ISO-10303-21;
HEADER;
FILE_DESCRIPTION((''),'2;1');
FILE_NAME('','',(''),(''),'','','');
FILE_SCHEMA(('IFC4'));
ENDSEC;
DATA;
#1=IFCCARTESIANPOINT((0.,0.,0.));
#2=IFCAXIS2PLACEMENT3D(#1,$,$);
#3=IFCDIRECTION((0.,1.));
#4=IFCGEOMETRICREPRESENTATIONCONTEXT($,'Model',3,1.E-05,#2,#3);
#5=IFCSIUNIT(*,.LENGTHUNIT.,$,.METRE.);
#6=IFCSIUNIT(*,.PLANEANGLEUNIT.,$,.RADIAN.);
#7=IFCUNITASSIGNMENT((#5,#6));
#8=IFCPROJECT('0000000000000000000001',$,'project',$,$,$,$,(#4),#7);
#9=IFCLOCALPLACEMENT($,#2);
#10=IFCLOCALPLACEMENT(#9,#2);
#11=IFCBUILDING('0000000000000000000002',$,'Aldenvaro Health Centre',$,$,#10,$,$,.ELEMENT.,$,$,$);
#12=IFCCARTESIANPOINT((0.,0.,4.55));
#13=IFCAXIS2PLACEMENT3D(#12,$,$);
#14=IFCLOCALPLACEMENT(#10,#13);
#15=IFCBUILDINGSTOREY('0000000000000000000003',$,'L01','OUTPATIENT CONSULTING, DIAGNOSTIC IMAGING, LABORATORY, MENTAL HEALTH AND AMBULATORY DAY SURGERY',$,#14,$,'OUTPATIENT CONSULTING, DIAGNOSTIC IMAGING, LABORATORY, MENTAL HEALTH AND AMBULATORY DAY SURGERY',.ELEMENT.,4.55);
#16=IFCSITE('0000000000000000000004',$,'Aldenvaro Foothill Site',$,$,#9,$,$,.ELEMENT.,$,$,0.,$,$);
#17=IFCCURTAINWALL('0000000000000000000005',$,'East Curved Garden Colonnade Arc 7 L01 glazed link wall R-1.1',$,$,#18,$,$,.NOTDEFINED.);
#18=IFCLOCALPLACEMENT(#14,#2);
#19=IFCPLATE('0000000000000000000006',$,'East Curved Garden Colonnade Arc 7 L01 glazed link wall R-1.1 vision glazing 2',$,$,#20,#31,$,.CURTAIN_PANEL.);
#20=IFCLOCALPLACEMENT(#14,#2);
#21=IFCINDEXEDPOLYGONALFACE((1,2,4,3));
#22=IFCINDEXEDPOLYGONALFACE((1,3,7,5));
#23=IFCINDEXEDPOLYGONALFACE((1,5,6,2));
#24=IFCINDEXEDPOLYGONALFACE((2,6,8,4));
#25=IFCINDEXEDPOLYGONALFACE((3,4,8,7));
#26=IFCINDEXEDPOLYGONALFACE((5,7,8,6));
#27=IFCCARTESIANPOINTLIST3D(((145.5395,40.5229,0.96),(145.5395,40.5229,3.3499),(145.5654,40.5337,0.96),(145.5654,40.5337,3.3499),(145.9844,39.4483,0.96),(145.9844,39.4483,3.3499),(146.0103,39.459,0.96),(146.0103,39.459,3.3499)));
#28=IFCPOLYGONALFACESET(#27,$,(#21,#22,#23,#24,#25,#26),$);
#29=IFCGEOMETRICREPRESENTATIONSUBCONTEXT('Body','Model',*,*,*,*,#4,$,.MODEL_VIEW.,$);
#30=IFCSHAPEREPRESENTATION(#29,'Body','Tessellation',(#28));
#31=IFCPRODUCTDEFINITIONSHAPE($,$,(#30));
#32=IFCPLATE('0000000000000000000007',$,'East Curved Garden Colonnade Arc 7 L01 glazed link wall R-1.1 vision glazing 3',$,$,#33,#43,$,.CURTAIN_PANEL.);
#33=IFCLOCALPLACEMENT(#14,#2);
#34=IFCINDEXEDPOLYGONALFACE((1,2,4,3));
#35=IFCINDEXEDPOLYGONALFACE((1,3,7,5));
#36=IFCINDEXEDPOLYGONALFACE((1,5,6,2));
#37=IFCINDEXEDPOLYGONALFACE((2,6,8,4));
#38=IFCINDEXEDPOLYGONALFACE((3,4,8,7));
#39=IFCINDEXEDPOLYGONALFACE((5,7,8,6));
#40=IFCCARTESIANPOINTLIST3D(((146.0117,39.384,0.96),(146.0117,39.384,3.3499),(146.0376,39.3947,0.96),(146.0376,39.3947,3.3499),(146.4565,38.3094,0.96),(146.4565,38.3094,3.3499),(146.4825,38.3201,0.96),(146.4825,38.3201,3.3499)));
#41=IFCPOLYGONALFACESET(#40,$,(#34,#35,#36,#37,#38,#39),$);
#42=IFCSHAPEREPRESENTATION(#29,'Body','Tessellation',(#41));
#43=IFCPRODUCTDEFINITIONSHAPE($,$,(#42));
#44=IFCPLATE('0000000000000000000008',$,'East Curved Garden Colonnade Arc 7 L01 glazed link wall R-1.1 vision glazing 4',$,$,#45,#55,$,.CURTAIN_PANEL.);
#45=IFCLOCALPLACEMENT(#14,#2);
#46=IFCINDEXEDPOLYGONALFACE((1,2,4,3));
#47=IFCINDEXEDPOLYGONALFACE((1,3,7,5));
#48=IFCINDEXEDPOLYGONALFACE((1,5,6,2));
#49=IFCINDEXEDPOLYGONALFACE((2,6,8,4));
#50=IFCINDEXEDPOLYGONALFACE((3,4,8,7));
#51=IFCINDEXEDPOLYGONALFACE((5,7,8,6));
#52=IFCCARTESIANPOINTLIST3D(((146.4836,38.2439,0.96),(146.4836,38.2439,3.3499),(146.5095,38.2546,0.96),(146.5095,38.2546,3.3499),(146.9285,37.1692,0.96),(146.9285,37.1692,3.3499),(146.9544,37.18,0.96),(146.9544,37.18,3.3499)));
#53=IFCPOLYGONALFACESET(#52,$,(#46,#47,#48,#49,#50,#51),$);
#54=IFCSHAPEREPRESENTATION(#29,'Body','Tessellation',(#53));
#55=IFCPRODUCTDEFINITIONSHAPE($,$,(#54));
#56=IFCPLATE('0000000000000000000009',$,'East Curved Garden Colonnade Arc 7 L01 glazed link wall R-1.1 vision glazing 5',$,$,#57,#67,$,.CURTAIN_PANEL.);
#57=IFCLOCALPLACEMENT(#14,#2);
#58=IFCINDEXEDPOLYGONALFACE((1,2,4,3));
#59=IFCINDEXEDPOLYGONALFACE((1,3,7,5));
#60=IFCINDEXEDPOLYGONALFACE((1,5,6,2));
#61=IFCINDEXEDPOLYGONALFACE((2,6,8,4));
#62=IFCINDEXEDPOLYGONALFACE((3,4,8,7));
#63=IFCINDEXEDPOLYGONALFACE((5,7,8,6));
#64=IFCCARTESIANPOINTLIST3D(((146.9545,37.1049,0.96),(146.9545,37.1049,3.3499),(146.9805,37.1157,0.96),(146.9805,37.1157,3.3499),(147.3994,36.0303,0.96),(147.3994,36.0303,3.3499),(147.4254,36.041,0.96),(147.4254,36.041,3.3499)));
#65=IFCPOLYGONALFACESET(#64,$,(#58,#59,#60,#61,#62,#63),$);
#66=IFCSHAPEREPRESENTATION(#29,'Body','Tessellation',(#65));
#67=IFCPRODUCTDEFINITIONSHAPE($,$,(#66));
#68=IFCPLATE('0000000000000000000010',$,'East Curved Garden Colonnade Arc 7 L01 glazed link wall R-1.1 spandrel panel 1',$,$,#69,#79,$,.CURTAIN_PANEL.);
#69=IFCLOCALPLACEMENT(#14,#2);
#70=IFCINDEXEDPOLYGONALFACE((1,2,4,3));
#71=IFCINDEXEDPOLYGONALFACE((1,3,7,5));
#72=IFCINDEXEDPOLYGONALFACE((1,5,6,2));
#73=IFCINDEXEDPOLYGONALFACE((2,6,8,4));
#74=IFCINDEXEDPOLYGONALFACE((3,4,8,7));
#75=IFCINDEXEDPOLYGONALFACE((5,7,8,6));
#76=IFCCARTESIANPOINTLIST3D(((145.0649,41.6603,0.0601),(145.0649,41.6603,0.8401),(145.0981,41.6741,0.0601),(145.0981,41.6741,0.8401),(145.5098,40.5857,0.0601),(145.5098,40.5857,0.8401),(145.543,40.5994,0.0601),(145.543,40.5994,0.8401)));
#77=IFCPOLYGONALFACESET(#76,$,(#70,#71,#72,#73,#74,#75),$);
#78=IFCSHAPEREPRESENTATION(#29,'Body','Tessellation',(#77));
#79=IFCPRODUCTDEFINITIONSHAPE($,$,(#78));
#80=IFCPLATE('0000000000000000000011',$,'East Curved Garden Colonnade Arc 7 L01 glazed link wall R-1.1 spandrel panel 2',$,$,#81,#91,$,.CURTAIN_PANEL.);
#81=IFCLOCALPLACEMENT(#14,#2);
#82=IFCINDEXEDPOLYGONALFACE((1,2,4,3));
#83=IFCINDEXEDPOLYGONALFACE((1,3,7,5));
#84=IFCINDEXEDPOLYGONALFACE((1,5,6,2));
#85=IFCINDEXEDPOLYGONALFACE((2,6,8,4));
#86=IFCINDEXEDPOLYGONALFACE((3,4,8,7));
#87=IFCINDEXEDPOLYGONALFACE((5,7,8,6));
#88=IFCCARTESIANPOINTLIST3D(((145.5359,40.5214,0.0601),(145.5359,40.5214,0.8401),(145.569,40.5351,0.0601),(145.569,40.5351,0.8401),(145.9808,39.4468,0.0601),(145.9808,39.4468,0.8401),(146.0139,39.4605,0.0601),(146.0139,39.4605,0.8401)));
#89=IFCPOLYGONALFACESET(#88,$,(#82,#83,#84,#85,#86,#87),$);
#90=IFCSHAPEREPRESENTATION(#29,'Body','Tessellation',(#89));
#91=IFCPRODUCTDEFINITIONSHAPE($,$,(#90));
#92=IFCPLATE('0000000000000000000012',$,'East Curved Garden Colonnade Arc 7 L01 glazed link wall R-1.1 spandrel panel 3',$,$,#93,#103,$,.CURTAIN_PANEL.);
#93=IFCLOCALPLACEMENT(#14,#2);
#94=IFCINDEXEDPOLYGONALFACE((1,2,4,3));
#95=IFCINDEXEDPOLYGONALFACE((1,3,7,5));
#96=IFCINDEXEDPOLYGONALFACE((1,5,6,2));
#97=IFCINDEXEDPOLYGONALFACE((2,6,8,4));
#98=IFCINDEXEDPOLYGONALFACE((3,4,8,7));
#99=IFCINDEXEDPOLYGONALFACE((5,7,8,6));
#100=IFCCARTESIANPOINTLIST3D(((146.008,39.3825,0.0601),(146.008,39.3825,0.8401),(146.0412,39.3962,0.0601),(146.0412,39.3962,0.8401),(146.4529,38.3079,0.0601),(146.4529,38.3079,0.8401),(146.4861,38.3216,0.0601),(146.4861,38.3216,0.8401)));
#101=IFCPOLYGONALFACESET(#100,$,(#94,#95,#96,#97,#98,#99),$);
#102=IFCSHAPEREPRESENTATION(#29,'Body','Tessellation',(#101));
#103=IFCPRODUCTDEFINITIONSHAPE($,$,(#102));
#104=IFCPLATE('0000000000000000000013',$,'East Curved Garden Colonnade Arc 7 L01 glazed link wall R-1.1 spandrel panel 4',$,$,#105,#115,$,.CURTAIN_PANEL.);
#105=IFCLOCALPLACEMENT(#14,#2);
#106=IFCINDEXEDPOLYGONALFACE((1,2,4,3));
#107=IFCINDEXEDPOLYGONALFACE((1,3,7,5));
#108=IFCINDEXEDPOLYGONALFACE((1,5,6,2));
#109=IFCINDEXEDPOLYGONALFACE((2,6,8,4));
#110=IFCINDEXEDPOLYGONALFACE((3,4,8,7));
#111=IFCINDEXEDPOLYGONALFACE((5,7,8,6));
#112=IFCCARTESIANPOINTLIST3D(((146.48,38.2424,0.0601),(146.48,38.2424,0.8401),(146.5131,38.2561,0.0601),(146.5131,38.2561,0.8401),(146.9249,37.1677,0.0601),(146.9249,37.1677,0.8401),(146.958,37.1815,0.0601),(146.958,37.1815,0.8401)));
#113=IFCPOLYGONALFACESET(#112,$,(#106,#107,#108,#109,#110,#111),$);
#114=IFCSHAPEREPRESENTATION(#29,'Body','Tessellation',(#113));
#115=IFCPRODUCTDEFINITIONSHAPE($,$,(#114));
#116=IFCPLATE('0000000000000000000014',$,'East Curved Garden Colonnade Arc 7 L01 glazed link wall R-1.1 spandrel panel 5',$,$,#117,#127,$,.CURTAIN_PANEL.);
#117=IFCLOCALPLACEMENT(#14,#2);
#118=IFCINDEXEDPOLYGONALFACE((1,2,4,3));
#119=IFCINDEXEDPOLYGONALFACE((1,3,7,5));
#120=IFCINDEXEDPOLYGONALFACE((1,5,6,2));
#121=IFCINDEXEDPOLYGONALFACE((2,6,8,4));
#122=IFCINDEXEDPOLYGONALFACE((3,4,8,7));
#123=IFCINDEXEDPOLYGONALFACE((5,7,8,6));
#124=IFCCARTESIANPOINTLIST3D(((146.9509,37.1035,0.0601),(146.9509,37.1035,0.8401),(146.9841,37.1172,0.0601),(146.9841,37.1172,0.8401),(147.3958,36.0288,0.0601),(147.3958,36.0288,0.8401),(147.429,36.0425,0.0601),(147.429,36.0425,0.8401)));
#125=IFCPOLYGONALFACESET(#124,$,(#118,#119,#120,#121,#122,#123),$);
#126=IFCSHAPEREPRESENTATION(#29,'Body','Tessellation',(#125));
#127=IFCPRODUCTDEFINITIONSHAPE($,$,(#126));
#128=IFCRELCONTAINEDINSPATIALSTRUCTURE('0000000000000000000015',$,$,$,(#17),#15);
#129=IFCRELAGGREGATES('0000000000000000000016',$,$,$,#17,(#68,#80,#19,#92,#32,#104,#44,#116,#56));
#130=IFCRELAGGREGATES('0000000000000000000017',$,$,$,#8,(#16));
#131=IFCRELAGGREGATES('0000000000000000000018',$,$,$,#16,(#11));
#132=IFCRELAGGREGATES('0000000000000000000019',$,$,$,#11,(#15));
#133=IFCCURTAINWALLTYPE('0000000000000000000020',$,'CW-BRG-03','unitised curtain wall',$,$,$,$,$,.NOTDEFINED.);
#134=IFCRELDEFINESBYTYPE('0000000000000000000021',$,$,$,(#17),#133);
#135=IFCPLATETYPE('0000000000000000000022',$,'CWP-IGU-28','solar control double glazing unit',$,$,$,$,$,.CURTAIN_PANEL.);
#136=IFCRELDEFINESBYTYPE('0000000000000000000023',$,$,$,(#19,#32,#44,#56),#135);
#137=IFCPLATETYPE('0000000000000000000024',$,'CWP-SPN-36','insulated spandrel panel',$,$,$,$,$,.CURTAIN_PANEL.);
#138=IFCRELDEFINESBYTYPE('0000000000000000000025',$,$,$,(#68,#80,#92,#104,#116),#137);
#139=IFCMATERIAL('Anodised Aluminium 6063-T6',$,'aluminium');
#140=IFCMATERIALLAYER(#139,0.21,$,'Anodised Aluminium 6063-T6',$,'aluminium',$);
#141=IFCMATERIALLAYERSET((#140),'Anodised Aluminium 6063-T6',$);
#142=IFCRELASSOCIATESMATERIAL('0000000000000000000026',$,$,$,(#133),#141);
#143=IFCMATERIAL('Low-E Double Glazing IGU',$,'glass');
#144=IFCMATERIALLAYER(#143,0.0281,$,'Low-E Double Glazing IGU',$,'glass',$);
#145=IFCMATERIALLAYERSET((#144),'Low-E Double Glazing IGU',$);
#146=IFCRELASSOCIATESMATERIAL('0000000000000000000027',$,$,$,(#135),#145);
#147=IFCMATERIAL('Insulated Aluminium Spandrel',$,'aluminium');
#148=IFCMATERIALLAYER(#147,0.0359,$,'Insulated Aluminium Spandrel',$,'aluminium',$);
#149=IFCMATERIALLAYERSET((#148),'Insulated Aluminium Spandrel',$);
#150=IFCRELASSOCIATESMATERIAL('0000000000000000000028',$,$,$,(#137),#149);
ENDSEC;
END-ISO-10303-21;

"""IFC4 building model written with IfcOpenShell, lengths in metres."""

from ifc_helpers import new_model, si_unit, direction, frame, origin, origin_2d, place, context, subcontext, project, spatial, rectangle, extrude, material, layer, layer_set, type_object, element, aggregate, save


model = new_model("IFC4")

# Units and contexts
model_context = context("Model", 3, precision=1e-05, world=origin(), true_north=direction((0.0, 1.0)))
body_context = subcontext(model_context, "Body", "Model", "MODEL_VIEW")
ifc_project = project(units=[si_unit("LENGTHUNIT", "METRE"), si_unit("PLANEANGLEUNIT", "RADIAN")], contexts=[model_context])

# Site, building, storey
site_placement = place(None, origin())
site = spatial("IfcSite", under=ifc_project, at=site_placement, Name="Aldenvaro Foothill Site", CompositionType="ELEMENT", RefElevation=0.0)
building_placement = place(site_placement, origin())
building = spatial("IfcBuilding", under=site, at=building_placement, Name="Aldenvaro Health Centre", CompositionType="ELEMENT")
storey_placement = place(building_placement, frame((0.0, 0.0, 4.55)))
storey = spatial("IfcBuildingStorey", under=building, at=storey_placement, Name="L01", Description="OUTPATIENT CONSULTING, DIAGNOSTIC IMAGING, LABORATORY, MENTAL HEALTH AND AMBULATORY DAY SURGERY", LongName="OUTPATIENT CONSULTING, DIAGNOSTIC IMAGING, LABORATORY, MENTAL HEALTH AND AMBULATORY DAY SURGERY", CompositionType="ELEMENT", Elevation=4.55)

# Curtain wall, plates
ifc_material_1 = material(Name="Anodised Aluminium 6063-T6", Category="aluminium")
ifc_layer_1 = layer(ifc_material_1, 0.21, Name="Anodised Aluminium 6063-T6", Category="aluminium")
ifc_layer_set_1 = layer_set([ifc_layer_1], Name="Anodised Aluminium 6063-T6")
curtain_wall_type = type_object("IfcCurtainWallType", Name="CW-BRG-03", Description="unitised curtain wall", PredefinedType="NOTDEFINED", material=ifc_layer_set_1)
curtain_wall_placement = place(storey_placement, origin())
curtain_wall = element("IfcCurtainWall", 1, at=curtain_wall_placement, inside=storey, type_object=curtain_wall_type, Name="East Curved Garden Colonnade Arc 7 L01 glazed link wall R-1.1", PredefinedType="NOTDEFINED")
ifc_material_2 = material(Name="Low-E Double Glazing IGU", Category="glass")
ifc_layer_2 = layer(ifc_material_2, 0.0281, Name="Low-E Double Glazing IGU", Category="glass")
ifc_layer_set_2 = layer_set([ifc_layer_2], Name="Low-E Double Glazing IGU")
plate_type_1 = type_object("IfcPlateType", Name="CWP-IGU-28", Description="solar control double glazing unit", PredefinedType="CURTAIN_PANEL", material=ifc_layer_set_2)
plate_1_placement = place(storey_placement, frame((145.7749, 39.991, 0.96), z_axis=(0.0, 0.0, 1.0), x_axis=(0.382503, -0.923954, 0.0)))
plate_1 = element("IfcPlate", 2, at=plate_1_placement, type_object=plate_type_1, Name="East Curved Garden Colonnade Arc 7 L01 glazed link wall R-1.1 vision glazing 2", PredefinedType="CURTAIN_PANEL", context=body_context, shape_type="SweptSolid", body=[
    extrude(rectangle(XDim=1.1631, YDim=0.0281, at=origin_2d()), origin(), (0.0, 0.0, 1.0), 2.3899),
])
plate_2_placement = place(storey_placement, frame((146.2471, 38.8521, 0.96), z_axis=(0.0, 0.0, 1.0), x_axis=(0.382503, -0.923954, 0.0)))
plate_2 = element("IfcPlate", 3, at=plate_2_placement, type_object=plate_type_1, Name="East Curved Garden Colonnade Arc 7 L01 glazed link wall R-1.1 vision glazing 3", PredefinedType="CURTAIN_PANEL", context=body_context, shape_type="SweptSolid", body=[
    extrude(rectangle(XDim=1.1631, YDim=0.0281, at=origin_2d()), origin(), (0.0, 0.0, 1.0), 2.3899),
])
plate_3_placement = place(storey_placement, frame((146.719, 37.7119, 0.96), z_axis=(0.0, 0.0, 1.0), x_axis=(0.382503, -0.923954, 0.0)))
plate_3 = element("IfcPlate", 4, at=plate_3_placement, type_object=plate_type_1, Name="East Curved Garden Colonnade Arc 7 L01 glazed link wall R-1.1 vision glazing 4", PredefinedType="CURTAIN_PANEL", context=body_context, shape_type="SweptSolid", body=[
    extrude(rectangle(XDim=1.1631, YDim=0.0281, at=origin_2d()), origin(), (0.0, 0.0, 1.0), 2.3899),
])
plate_4_placement = place(storey_placement, frame((147.1899, 36.573, 0.96), z_axis=(0.0, 0.0, 1.0), x_axis=(0.382503, -0.923954, 0.0)))
plate_4 = element("IfcPlate", 5, at=plate_4_placement, type_object=plate_type_1, Name="East Curved Garden Colonnade Arc 7 L01 glazed link wall R-1.1 vision glazing 5", PredefinedType="CURTAIN_PANEL", context=body_context, shape_type="SweptSolid", body=[
    extrude(rectangle(XDim=1.1631, YDim=0.0281, at=origin_2d()), origin(), (0.0, 0.0, 1.0), 2.3899),
])
ifc_material_3 = material(Name="Insulated Aluminium Spandrel", Category="aluminium")
ifc_layer_3 = layer(ifc_material_3, 0.0359, Name="Insulated Aluminium Spandrel", Category="aluminium")
ifc_layer_set_3 = layer_set([ifc_layer_3], Name="Insulated Aluminium Spandrel")
plate_type_2 = type_object("IfcPlateType", Name="CWP-SPN-36", Description="insulated spandrel panel", PredefinedType="CURTAIN_PANEL", material=ifc_layer_set_3)
plate_5_placement = place(storey_placement, frame((145.304, 41.1299, 0.0601), z_axis=(0.0, 0.0, 1.0), x_axis=(0.382503, -0.923954, 0.0)))
plate_5 = element("IfcPlate", 6, at=plate_5_placement, type_object=plate_type_2, Name="East Curved Garden Colonnade Arc 7 L01 glazed link wall R-1.1 spandrel panel 1", PredefinedType="CURTAIN_PANEL", context=body_context, shape_type="SweptSolid", body=[
    extrude(rectangle(XDim=1.1631, YDim=0.0359, at=origin_2d()), origin(), (0.0, 0.0, 1.0), 0.78),
])
plate_6_placement = place(storey_placement, frame((145.7749, 39.991, 0.0601), z_axis=(0.0, 0.0, 1.0), x_axis=(0.382503, -0.923954, 0.0)))
plate_6 = element("IfcPlate", 7, at=plate_6_placement, type_object=plate_type_2, Name="East Curved Garden Colonnade Arc 7 L01 glazed link wall R-1.1 spandrel panel 2", PredefinedType="CURTAIN_PANEL", context=body_context, shape_type="SweptSolid", body=[
    extrude(rectangle(XDim=1.1631, YDim=0.0359, at=origin_2d()), origin(), (0.0, 0.0, 1.0), 0.78),
])
plate_7_placement = place(storey_placement, frame((146.2471, 38.8521, 0.0601), z_axis=(0.0, 0.0, 1.0), x_axis=(0.382503, -0.923954, 0.0)))
plate_7 = element("IfcPlate", 8, at=plate_7_placement, type_object=plate_type_2, Name="East Curved Garden Colonnade Arc 7 L01 glazed link wall R-1.1 spandrel panel 3", PredefinedType="CURTAIN_PANEL", context=body_context, shape_type="SweptSolid", body=[
    extrude(rectangle(XDim=1.1631, YDim=0.0359, at=origin_2d()), origin(), (0.0, 0.0, 1.0), 0.78),
])
plate_8_placement = place(storey_placement, frame((146.719, 37.7119, 0.0601), z_axis=(0.0, 0.0, 1.0), x_axis=(0.382503, -0.923954, 0.0)))
plate_8 = element("IfcPlate", 9, at=plate_8_placement, type_object=plate_type_2, Name="East Curved Garden Colonnade Arc 7 L01 glazed link wall R-1.1 spandrel panel 4", PredefinedType="CURTAIN_PANEL", context=body_context, shape_type="SweptSolid", body=[
    extrude(rectangle(XDim=1.1631, YDim=0.0359, at=origin_2d()), origin(), (0.0, 0.0, 1.0), 0.78),
])
plate_9_placement = place(storey_placement, frame((147.1899, 36.573, 0.0601), z_axis=(0.0, 0.0, 1.0), x_axis=(0.382503, -0.923954, 0.0)))
plate_9 = element("IfcPlate", 10, at=plate_9_placement, type_object=plate_type_2, Name="East Curved Garden Colonnade Arc 7 L01 glazed link wall R-1.1 spandrel panel 5", PredefinedType="CURTAIN_PANEL", context=body_context, shape_type="SweptSolid", body=[
    extrude(rectangle(XDim=1.1631, YDim=0.0359, at=origin_2d()), origin(), (0.0, 0.0, 1.0), 0.78),
])
aggregate(curtain_wall, [plate_5, plate_6, plate_1, plate_7, plate_2, plate_8, plate_3, plate_9, plate_4])

save(model, "model.ifc")
